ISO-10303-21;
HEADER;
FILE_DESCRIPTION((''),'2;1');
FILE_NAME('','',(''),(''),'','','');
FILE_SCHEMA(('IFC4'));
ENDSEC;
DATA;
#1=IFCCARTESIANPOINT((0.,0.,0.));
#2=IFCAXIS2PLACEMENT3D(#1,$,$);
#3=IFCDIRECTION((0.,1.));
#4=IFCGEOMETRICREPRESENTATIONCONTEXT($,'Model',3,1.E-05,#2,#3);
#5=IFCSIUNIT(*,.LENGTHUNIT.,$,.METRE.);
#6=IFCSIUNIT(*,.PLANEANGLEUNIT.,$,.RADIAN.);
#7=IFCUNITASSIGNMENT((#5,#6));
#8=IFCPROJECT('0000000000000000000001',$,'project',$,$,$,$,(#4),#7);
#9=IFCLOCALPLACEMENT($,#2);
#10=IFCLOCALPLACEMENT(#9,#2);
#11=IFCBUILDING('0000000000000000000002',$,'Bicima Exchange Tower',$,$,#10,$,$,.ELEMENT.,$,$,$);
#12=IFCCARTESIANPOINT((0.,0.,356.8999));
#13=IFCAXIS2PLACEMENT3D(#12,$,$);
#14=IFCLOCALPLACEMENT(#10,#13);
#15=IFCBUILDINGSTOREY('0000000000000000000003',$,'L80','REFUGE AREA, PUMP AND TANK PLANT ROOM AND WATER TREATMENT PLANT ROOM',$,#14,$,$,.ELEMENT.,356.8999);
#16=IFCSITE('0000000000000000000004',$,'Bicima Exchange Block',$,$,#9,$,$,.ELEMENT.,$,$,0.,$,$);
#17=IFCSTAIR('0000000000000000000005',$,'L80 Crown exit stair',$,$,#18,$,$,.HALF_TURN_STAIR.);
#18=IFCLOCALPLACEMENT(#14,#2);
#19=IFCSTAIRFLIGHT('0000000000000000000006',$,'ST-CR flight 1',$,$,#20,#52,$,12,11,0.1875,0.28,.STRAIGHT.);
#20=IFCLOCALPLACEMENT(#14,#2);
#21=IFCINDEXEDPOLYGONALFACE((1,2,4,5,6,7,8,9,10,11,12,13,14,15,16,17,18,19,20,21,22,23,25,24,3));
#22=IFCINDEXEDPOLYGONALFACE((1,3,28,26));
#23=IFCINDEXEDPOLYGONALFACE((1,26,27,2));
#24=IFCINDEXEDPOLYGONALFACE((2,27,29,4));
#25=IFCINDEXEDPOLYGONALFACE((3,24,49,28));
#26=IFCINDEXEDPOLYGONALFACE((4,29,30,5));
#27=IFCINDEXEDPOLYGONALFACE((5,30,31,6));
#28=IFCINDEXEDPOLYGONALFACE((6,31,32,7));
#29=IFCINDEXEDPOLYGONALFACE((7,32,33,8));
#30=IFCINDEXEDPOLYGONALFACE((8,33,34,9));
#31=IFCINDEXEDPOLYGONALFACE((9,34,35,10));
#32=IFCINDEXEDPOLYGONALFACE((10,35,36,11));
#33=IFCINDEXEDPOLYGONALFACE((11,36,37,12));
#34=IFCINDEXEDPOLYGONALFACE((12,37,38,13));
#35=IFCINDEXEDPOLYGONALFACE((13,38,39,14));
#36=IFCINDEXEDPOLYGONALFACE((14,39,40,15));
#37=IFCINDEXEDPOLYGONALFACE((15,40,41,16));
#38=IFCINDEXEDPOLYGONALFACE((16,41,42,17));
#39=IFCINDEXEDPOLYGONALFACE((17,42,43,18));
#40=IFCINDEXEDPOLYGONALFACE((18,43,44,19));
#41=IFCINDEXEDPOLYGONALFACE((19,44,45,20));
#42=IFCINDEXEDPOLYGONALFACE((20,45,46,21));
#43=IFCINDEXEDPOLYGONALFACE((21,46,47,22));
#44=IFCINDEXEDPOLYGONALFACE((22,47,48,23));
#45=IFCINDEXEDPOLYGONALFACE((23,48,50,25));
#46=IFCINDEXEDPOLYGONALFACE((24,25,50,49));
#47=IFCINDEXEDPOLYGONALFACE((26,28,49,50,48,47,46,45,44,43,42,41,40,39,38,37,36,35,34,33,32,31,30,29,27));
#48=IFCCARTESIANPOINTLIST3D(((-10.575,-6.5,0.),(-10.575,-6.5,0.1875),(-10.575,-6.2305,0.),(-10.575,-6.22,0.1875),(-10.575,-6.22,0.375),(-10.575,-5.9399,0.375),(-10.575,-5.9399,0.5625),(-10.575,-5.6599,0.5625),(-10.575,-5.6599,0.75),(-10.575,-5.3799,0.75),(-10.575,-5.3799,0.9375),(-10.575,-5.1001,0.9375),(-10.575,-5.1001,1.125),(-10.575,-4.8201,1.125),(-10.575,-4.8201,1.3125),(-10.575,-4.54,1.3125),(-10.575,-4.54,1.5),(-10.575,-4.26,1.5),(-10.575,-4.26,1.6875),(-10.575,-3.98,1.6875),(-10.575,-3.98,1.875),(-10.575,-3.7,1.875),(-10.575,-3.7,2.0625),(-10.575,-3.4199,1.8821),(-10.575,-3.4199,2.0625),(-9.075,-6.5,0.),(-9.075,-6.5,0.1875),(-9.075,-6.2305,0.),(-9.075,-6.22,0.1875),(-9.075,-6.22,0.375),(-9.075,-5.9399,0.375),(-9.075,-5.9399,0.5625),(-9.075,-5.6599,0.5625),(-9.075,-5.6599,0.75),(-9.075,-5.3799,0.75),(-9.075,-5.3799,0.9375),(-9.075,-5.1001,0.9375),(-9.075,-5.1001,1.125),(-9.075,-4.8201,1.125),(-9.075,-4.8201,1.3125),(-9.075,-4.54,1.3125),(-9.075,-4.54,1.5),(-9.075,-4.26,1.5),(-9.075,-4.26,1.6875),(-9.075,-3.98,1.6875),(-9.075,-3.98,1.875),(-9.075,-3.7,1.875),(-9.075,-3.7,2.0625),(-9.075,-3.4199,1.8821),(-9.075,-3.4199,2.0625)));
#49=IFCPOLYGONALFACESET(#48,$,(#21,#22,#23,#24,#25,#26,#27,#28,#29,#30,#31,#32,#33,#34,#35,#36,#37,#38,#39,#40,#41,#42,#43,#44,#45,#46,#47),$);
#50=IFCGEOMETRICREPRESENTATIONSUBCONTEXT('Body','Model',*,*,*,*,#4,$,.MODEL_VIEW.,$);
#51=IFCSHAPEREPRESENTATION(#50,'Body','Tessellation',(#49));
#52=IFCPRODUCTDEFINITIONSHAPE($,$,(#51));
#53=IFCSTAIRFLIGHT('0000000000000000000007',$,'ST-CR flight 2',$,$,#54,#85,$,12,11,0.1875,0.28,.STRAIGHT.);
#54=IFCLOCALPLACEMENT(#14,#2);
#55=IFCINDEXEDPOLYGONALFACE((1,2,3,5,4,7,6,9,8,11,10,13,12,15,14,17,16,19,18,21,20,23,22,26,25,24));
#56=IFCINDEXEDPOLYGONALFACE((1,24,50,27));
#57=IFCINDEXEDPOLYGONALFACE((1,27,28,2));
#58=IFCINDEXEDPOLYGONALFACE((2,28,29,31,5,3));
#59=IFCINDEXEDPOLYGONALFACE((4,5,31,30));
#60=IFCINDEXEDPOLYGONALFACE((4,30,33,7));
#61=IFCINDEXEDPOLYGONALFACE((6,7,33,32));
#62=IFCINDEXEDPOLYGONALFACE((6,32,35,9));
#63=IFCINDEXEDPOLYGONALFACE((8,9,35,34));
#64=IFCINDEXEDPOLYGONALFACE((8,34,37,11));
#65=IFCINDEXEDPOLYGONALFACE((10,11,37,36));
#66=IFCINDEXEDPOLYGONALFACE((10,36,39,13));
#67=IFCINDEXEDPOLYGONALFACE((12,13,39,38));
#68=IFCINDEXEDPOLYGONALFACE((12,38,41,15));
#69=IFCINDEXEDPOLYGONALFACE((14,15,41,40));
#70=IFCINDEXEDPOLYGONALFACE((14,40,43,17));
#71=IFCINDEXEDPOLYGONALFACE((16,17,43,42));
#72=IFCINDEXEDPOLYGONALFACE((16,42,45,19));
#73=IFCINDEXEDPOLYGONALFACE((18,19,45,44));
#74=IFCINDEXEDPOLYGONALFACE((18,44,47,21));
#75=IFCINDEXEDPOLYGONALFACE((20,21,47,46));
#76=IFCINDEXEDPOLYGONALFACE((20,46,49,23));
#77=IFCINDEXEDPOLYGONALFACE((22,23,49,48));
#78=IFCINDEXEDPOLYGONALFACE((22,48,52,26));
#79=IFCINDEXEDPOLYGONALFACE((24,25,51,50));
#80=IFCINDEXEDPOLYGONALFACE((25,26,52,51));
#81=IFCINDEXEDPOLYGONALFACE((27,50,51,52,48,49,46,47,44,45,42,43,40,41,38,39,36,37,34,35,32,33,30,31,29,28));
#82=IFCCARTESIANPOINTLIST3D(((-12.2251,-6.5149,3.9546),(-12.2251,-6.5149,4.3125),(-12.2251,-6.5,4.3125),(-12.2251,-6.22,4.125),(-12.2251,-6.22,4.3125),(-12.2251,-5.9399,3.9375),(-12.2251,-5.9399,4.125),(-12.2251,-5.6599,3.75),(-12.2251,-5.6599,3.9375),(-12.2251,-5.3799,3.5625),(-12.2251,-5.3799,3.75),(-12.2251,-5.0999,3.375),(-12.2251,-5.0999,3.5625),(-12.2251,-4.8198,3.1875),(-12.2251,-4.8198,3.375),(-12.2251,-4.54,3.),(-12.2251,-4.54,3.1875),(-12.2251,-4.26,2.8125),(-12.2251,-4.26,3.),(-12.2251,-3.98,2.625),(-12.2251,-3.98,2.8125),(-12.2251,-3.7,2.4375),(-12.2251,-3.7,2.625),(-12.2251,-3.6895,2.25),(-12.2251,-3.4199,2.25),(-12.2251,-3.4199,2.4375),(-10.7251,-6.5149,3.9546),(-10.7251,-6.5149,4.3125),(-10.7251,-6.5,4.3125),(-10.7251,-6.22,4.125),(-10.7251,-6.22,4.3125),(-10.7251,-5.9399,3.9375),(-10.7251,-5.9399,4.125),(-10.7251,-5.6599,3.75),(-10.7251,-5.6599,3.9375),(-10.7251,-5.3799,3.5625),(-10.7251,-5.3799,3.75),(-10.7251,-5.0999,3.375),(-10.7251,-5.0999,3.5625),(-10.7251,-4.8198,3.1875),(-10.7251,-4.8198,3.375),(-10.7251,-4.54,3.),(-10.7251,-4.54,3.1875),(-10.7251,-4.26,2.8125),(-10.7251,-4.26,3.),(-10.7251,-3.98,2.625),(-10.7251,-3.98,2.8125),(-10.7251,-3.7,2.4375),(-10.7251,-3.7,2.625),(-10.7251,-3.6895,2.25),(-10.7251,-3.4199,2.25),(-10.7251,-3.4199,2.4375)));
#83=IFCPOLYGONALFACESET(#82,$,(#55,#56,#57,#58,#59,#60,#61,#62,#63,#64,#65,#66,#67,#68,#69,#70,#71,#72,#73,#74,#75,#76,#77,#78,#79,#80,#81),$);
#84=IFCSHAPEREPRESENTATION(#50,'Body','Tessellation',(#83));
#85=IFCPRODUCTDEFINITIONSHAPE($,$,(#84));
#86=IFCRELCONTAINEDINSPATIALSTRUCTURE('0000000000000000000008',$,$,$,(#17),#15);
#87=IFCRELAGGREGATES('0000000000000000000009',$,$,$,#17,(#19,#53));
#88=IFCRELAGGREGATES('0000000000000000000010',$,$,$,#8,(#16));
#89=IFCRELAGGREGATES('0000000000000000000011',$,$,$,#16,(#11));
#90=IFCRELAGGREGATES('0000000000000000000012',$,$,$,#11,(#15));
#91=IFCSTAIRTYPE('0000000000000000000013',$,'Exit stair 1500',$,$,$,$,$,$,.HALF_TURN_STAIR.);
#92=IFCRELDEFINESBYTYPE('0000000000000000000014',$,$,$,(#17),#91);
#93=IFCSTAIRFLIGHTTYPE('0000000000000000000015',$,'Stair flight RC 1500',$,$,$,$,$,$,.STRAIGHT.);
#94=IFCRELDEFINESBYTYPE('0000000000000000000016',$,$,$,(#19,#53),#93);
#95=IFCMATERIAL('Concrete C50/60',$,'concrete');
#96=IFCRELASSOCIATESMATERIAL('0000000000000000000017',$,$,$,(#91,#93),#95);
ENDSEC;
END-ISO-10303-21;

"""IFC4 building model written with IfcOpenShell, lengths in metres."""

from ifc_helpers import new_model, si_unit, direction, frame, origin, place, context, subcontext, project, spatial, polyline, outline, extrude, material, type_object, element, aggregate, save


model = new_model("IFC4")

# Units and contexts
model_context = context("Model", 3, precision=1e-05, world=origin(), true_north=direction((0.0, 1.0)))
body_context = subcontext(model_context, "Body", "Model", "MODEL_VIEW")
ifc_project = project(units=[si_unit("LENGTHUNIT", "METRE"), si_unit("PLANEANGLEUNIT", "RADIAN")], contexts=[model_context])

# Site, building, storey
site_placement = place(None, origin())
site = spatial("IfcSite", under=ifc_project, at=site_placement, Name="Bicima Exchange Block", CompositionType="ELEMENT", RefElevation=0.0)
building_placement = place(site_placement, origin())
building = spatial("IfcBuilding", under=site, at=building_placement, Name="Bicima Exchange Tower", CompositionType="ELEMENT")
storey_placement = place(building_placement, frame((0.0, 0.0, 356.8999)))
storey = spatial("IfcBuildingStorey", under=building, at=storey_placement, Name="L80", Description="REFUGE AREA, PUMP AND TANK PLANT ROOM AND WATER TREATMENT PLANT ROOM", CompositionType="ELEMENT", Elevation=356.8999)

# Shared definitions
ifc_material_1 = material(Name="Concrete C50/60", Category="concrete")

# Stair, stair flights
stair_type = type_object("IfcStairType", Name="Exit stair 1500", PredefinedType="HALF_TURN_STAIR", material=ifc_material_1)
stair_placement = place(storey_placement, origin())
stair = element("IfcStair", 1, at=stair_placement, inside=storey, type_object=stair_type, Name="L80 Crown exit stair", PredefinedType="HALF_TURN_STAIR")
stair_flight_type = type_object("IfcStairFlightType", Name="Stair flight RC 1500", PredefinedType="STRAIGHT", material=ifc_material_1)
stair_flight_1_placement = place(storey_placement, frame((-9.825, -6.5, 0.0), z_axis=(0.0, 0.0, 1.0), x_axis=(0.0, 1.0, 0.0)))
stair_flight_1 = element("IfcStairFlight", 2, at=stair_flight_1_placement, type_object=stair_flight_type, Name="ST-CR flight 1", NumberOfRisers=12, NumberOfTreads=11, PredefinedType="STRAIGHT", RiserHeight=0.1875, TreadLength=0.28, context=body_context, shape_type="SweptSolid", body=[
    extrude(outline(polyline([(0.0, 0.0), (0.0, 0.1875), (0.28, 0.1875), (0.28, 0.375), (0.5601, 0.375), (0.5601, 0.5625), (0.8401, 0.5625), (0.8401, 0.75), (1.1201, 0.75), (1.1201, 0.9375), (1.3999, 0.9375), (1.3999, 1.125), (1.6799, 1.125), (1.6799, 1.3125), (1.96, 1.3125), (1.96, 1.5), (2.24, 1.5), (2.24, 1.6875), (2.52, 1.6875), (2.52, 1.875), (2.8, 1.875), (2.8, 2.0625), (3.0801, 2.0625), (3.0801, 2.25), (3.0801, 1.8821), (0.2695, 0.0), (0.0, 0.0)])), frame((0.0, 0.75, 0.0), z_axis=(0.0, -1.0, 0.0), x_axis=(1.0, 0.0, 0.0)), (0.0, 0.0, 1.0), 1.5),
])
stair_flight_2_placement = place(storey_placement, frame((-11.4751, -3.4199, 2.25), z_axis=(0.0, 0.0, 1.0), x_axis=(0.0, -1.0, 0.0)))
stair_flight_2 = element("IfcStairFlight", 3, at=stair_flight_2_placement, type_object=stair_flight_type, Name="ST-CR flight 2", NumberOfRisers=12, NumberOfTreads=11, PredefinedType="STRAIGHT", RiserHeight=0.1875, TreadLength=0.28, context=body_context, shape_type="SweptSolid", body=[
    extrude(outline(polyline([(0.0, 0.0), (0.0, 0.1875), (0.28, 0.1875), (0.28, 0.375), (0.5601, 0.375), (0.5601, 0.5625), (0.8401, 0.5625), (0.8401, 0.75), (1.1201, 0.75), (1.1201, 0.9375), (1.3999, 0.9375), (1.3999, 1.125), (1.6799, 1.125), (1.6799, 1.3125), (1.96, 1.3125), (1.96, 1.5), (2.24, 1.5), (2.24, 1.6875), (2.52, 1.6875), (2.52, 1.875), (2.8, 1.875), (2.8, 2.0625), (3.0801, 2.0625), (3.095, 2.0625), (3.095, 1.7046), (0.2695, 0.0), (0.0, 0.0)])), frame((0.0, 0.75, 0.0), z_axis=(0.0, -1.0, 0.0), x_axis=(1.0, 0.0, 0.0)), (0.0, 0.0, 1.0), 1.5),
])
aggregate(stair, [stair_flight_1, stair_flight_2])

save(model, "model.ifc")
